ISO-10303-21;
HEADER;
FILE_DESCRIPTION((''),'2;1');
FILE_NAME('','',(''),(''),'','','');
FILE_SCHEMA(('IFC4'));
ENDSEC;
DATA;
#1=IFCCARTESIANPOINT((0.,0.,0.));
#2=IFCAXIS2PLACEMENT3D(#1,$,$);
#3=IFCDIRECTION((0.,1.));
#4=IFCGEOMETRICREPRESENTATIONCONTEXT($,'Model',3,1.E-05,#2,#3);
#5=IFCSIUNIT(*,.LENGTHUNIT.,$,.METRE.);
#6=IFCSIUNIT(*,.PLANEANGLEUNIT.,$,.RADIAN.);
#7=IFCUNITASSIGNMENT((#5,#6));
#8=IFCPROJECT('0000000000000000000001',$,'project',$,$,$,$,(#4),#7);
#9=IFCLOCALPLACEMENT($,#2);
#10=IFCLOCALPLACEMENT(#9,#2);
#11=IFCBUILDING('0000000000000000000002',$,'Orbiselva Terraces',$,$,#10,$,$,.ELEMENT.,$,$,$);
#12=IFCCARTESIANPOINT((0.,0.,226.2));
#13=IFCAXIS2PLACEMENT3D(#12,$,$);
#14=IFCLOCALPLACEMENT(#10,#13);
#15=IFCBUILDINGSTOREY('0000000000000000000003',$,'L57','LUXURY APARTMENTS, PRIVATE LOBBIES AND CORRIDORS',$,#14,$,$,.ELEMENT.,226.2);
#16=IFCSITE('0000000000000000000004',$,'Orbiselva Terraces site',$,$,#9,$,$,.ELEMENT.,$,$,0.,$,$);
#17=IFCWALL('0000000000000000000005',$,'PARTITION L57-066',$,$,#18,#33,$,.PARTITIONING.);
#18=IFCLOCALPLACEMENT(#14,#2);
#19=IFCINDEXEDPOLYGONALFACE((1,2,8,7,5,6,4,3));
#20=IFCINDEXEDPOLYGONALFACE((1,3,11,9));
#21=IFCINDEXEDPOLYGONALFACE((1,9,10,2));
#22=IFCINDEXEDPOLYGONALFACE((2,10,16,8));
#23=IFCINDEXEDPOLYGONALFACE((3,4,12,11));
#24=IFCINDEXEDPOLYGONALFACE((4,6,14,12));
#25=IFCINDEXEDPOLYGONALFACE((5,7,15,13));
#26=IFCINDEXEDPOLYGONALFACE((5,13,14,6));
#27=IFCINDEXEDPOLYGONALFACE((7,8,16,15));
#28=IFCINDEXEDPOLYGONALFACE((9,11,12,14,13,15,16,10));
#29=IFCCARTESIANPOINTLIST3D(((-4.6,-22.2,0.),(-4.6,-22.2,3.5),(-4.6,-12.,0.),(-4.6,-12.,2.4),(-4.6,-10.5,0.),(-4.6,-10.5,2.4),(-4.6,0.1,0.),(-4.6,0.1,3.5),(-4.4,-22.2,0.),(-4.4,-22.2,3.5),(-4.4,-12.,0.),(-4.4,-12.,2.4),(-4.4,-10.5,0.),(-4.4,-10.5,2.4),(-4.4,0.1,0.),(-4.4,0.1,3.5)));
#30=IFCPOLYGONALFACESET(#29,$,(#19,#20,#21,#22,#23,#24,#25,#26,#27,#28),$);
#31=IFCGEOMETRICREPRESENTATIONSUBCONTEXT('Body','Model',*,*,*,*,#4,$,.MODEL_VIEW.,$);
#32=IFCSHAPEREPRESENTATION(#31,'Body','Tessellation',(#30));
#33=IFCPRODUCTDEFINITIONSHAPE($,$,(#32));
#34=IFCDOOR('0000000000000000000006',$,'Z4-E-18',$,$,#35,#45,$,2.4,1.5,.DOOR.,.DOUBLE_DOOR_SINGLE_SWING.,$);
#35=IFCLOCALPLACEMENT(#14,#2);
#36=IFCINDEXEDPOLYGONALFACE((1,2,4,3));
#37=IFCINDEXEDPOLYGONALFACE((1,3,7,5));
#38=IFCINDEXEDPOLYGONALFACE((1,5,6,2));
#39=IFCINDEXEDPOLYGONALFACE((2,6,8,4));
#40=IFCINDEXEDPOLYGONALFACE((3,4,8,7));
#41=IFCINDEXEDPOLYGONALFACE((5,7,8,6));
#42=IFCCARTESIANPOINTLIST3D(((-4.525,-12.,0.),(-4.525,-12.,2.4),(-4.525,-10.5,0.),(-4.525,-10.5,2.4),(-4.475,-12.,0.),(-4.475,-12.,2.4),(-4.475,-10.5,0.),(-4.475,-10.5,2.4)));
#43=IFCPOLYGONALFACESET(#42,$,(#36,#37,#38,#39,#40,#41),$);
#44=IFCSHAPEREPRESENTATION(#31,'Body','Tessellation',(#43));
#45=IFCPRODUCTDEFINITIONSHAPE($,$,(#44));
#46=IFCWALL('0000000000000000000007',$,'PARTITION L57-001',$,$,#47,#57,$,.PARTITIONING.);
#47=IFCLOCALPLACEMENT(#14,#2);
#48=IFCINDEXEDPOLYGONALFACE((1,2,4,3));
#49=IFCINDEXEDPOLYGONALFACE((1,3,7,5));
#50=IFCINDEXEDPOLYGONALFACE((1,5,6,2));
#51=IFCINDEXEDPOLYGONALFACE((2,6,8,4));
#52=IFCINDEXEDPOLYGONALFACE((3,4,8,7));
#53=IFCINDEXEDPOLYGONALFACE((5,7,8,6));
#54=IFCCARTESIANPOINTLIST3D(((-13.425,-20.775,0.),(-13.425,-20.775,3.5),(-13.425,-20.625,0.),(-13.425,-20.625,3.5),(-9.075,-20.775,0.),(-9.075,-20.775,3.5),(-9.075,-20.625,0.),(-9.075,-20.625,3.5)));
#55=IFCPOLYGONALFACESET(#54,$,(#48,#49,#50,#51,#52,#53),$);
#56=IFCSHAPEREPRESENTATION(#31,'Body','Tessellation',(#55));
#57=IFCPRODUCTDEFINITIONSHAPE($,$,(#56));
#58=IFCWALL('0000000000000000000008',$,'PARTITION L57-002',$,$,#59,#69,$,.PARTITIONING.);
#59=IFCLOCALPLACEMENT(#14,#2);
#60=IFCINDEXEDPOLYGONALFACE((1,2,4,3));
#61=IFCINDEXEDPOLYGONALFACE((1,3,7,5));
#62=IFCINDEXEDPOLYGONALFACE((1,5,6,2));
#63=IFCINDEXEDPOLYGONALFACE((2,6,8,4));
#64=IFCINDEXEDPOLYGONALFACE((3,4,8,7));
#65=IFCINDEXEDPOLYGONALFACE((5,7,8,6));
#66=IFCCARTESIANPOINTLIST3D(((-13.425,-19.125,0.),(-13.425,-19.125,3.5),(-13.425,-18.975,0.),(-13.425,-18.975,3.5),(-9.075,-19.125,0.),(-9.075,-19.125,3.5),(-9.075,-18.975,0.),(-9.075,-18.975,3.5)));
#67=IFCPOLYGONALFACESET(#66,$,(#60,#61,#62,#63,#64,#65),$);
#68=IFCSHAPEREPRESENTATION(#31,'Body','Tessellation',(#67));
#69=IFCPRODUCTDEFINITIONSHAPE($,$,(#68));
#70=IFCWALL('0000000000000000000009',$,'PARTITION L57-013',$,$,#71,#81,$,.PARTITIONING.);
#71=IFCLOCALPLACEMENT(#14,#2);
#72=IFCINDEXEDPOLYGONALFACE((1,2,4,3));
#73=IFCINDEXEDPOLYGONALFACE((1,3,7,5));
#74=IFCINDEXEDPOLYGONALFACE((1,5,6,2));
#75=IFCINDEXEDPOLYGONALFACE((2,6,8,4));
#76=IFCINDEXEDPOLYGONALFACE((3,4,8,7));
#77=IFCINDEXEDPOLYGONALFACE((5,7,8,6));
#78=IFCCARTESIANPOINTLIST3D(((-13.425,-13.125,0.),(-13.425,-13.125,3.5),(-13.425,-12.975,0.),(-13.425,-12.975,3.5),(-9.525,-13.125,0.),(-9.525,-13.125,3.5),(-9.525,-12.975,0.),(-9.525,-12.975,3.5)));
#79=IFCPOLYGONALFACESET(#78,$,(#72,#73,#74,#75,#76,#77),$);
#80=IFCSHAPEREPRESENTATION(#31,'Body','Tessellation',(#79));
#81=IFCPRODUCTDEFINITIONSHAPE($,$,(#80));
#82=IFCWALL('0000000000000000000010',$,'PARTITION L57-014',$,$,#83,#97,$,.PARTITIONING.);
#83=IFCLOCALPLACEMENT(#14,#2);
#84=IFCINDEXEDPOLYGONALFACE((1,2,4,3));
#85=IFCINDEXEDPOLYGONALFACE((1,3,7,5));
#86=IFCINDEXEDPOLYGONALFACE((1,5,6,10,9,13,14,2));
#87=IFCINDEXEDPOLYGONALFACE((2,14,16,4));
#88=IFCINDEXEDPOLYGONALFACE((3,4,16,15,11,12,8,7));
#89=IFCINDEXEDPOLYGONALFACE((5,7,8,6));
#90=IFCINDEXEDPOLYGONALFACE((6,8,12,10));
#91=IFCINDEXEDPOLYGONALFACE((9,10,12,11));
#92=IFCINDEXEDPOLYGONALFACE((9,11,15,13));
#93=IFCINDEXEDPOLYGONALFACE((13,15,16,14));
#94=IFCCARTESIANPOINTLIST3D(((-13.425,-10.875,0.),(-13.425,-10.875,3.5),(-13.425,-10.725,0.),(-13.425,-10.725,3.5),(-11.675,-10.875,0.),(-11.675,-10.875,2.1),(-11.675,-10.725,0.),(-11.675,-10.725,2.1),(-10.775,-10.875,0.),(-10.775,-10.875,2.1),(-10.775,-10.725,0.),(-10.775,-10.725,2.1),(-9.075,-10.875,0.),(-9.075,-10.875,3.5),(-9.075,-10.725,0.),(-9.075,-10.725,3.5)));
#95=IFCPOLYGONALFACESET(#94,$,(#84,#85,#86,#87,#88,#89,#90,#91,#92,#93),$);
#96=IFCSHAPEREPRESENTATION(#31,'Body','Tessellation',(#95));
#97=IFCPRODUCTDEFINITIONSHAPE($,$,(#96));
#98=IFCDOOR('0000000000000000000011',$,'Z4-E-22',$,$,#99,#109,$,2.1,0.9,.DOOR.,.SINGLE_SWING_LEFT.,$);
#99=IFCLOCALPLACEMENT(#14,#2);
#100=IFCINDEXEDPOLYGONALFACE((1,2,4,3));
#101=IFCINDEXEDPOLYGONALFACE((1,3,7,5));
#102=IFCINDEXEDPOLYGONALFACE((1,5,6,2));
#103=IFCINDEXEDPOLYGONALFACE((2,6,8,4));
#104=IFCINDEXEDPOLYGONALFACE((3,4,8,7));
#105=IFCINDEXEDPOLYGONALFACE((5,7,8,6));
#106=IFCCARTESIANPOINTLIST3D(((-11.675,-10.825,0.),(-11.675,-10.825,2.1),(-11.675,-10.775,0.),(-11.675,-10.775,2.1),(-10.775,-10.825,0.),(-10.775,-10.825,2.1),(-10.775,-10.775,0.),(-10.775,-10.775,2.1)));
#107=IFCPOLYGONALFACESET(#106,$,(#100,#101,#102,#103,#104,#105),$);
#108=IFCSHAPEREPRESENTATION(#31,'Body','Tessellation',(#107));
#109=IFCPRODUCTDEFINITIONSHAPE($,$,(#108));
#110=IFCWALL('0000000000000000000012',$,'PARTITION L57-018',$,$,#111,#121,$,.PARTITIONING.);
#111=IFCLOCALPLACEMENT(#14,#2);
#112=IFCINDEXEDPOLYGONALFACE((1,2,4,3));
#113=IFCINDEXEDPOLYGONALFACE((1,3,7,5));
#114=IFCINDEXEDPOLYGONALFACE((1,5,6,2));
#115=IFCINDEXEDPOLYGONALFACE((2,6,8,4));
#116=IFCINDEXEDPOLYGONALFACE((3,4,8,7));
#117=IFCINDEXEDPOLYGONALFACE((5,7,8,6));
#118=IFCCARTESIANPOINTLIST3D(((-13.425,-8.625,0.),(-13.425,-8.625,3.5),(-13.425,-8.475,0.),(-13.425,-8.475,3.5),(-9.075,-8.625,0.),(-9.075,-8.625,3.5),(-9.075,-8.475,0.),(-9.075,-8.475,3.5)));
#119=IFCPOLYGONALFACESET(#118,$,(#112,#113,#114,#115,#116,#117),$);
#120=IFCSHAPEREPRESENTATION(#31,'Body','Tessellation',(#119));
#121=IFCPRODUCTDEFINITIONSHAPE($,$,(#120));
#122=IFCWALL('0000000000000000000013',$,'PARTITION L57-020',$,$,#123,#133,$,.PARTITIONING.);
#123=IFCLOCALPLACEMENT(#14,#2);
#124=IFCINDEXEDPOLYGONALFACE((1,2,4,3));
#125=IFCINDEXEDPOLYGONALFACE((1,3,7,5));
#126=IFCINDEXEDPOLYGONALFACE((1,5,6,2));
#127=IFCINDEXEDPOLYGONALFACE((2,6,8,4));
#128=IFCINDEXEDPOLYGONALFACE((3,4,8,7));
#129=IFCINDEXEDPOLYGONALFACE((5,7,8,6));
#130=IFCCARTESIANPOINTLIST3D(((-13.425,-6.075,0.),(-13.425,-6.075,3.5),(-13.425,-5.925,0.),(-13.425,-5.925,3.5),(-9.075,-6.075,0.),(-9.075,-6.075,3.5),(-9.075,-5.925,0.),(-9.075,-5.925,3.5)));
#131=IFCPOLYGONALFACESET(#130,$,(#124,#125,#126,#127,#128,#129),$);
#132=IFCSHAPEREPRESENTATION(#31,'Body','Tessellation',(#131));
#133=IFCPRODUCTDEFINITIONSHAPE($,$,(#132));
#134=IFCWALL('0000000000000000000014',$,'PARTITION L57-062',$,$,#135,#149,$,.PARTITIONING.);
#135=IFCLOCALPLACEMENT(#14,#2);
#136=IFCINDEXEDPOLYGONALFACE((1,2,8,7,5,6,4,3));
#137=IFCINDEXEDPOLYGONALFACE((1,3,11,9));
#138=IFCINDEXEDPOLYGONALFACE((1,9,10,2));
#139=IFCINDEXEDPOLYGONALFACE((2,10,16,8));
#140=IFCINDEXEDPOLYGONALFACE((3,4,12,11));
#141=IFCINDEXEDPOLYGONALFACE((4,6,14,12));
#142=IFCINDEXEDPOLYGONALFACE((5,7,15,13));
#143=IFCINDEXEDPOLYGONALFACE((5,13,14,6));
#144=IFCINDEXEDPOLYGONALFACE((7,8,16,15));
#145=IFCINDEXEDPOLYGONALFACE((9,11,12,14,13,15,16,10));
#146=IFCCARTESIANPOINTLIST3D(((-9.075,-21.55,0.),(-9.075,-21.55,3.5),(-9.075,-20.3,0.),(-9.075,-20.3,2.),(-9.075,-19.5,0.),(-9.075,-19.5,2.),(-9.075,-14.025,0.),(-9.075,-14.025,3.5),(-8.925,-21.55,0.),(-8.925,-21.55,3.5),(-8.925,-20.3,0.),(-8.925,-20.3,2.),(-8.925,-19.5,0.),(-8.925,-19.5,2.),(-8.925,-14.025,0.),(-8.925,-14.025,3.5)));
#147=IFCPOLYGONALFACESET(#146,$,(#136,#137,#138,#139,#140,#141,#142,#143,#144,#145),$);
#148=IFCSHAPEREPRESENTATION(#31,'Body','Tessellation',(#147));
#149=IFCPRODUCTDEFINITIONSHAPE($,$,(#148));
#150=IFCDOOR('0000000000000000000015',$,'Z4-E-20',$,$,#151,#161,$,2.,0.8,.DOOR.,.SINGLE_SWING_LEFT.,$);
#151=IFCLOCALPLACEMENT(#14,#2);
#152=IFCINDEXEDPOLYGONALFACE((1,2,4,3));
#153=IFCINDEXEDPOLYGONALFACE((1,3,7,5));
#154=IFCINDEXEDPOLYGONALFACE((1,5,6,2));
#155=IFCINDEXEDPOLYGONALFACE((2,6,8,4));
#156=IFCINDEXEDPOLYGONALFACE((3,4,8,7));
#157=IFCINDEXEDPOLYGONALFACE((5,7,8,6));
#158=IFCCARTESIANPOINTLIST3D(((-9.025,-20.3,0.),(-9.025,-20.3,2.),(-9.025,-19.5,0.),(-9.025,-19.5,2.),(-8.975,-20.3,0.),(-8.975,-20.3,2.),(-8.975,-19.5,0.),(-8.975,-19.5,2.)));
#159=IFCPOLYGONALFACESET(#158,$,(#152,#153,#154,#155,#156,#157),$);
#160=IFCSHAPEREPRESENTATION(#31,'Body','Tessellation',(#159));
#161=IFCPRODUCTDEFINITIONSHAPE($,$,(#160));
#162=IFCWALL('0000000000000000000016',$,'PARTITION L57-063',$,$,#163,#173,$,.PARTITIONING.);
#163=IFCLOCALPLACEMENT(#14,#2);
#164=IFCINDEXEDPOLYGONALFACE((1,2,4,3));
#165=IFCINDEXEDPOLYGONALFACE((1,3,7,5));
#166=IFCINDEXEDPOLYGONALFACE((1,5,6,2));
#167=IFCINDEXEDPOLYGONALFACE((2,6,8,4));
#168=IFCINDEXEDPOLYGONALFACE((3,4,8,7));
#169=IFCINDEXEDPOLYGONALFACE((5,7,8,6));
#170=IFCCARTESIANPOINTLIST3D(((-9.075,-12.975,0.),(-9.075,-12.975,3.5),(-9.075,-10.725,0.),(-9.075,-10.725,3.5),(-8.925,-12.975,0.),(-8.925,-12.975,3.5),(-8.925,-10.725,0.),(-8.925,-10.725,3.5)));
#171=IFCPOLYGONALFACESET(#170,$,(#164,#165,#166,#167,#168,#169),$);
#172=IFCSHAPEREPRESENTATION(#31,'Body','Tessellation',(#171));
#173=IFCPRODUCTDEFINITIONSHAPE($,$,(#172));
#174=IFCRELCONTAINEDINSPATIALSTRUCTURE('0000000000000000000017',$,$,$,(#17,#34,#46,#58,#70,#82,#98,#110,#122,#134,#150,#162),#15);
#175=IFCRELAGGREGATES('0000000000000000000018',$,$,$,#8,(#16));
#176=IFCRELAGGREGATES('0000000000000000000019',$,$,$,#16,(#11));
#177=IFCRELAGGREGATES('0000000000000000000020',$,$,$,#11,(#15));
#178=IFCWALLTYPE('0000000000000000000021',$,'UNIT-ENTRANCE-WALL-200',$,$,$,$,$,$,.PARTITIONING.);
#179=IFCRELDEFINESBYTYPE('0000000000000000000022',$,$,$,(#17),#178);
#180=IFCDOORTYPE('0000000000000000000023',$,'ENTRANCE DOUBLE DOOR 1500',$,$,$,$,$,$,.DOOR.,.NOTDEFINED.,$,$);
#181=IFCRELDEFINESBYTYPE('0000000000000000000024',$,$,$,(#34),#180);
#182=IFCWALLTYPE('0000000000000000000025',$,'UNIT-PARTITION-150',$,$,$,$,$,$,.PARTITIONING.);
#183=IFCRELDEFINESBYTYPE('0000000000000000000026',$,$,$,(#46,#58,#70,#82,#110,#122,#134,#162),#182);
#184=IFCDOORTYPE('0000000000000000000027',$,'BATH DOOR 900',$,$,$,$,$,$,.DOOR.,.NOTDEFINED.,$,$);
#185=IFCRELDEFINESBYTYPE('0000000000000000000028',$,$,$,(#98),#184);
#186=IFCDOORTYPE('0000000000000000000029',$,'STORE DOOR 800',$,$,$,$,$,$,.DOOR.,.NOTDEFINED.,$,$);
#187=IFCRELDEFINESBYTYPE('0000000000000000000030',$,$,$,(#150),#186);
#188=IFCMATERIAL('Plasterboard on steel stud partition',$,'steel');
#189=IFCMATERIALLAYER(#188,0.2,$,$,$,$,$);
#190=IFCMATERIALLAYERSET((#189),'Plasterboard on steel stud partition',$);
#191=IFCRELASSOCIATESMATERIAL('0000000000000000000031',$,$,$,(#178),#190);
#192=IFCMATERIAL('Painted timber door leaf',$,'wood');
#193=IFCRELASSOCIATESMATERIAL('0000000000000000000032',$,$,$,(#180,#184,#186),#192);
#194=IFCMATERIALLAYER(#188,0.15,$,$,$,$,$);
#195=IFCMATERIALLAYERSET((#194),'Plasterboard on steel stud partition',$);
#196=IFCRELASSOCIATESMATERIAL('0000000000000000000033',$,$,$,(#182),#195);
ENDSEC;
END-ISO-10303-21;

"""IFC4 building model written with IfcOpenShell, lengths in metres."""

from ifc_helpers import new_model, si_unit, direction, frame, frame_2d, origin, place, context, subcontext, project, spatial, rectangle, extrude, material, layer, layer_set, type_object, element, fill, save


model = new_model("IFC4")

# Units and contexts
model_context = context("Model", 3, precision=1e-05, world=origin(), true_north=direction((0.0, 1.0)))
body_context = subcontext(model_context, "Body", "Model", "MODEL_VIEW")
ifc_project = project(units=[si_unit("LENGTHUNIT", "METRE"), si_unit("PLANEANGLEUNIT", "RADIAN")], contexts=[model_context])

# Site, building, storey
site_placement = place(None, origin())
site = spatial("IfcSite", under=ifc_project, at=site_placement, Name="Orbiselva Terraces site", CompositionType="ELEMENT", RefElevation=0.0)
building_placement = place(site_placement, origin())
building = spatial("IfcBuilding", under=site, at=building_placement, Name="Orbiselva Terraces", CompositionType="ELEMENT")
storey_placement = place(building_placement, frame((0.0, 0.0, 226.2)))
storey = spatial("IfcBuildingStorey", under=building, at=storey_placement, Name="L57", Description="LUXURY APARTMENTS, PRIVATE LOBBIES AND CORRIDORS", CompositionType="ELEMENT", Elevation=226.2)

# Wall, opening, door
ifc_material_1 = material(Name="Plasterboard on steel stud partition", Category="steel")
ifc_layer_1 = layer(ifc_material_1, 0.2)
ifc_layer_set_1 = layer_set([ifc_layer_1], Name="Plasterboard on steel stud partition")
wall_type_1 = type_object("IfcWallType", Name="UNIT-ENTRANCE-WALL-200", PredefinedType="PARTITIONING", material=ifc_layer_set_1)
wall_1_placement = place(storey_placement, frame((-4.5, -22.2, 0.0), z_axis=(0.0, 0.0, 1.0), x_axis=(0.0, 1.0, 0.0)))
wall_1 = element("IfcWall", 1, at=wall_1_placement, inside=storey, type_object=wall_type_1, Name="PARTITION L57-066", PredefinedType="PARTITIONING", context=body_context, shape_type="SweptSolid", body=[
    extrude(rectangle(XDim=22.3, YDim=0.2, at=frame_2d((11.15, 0.0))), origin(), (0.0, 0.0, 1.0), 3.5),
])
opening_1_placement = place(wall_1_placement, frame((10.2, 0.0, 0.0)))
opening_1 = element("IfcOpeningElement", 2, at=opening_1_placement, cuts=wall_1, PredefinedType="OPENING", context=body_context, shape_type="SweptSolid", body=[
    extrude(rectangle(XDim=1.5, YDim=2.4, at=frame_2d((0.75, 1.2))), frame((0.0, 0.11, 0.0), z_axis=(0.0, -1.0, 0.0), x_axis=(1.0, 0.0, 0.0)), (0.0, 0.0, 1.0), 0.22),
])
ifc_material_2 = material(Name="Painted timber door leaf", Category="wood")
door_type_1 = type_object("IfcDoorType", Name="ENTRANCE DOUBLE DOOR 1500", OperationType="NOTDEFINED", PredefinedType="DOOR", material=ifc_material_2)
door_1_placement = place(opening_1_placement, origin())
door_1 = element("IfcDoor", 3, at=door_1_placement, inside=storey, type_object=door_type_1, Name="Z4-E-18", OperationType="DOUBLE_DOOR_SINGLE_SWING", OverallHeight=2.4, OverallWidth=1.5, PredefinedType="DOOR", context=body_context, shape_type="SweptSolid", body=[
    extrude(rectangle(XDim=1.5, YDim=2.4, at=frame_2d((0.75, 1.2))), frame((0.0, 0.025, 0.0), z_axis=(0.0, -1.0, 0.0), x_axis=(1.0, 0.0, 0.0)), (0.0, 0.0, 1.0), 0.05),
])
fill(opening_1, door_1)

# Walls
ifc_layer_2 = layer(ifc_material_1, 0.15)
ifc_layer_set_2 = layer_set([ifc_layer_2], Name="Plasterboard on steel stud partition")
wall_type_2 = type_object("IfcWallType", Name="UNIT-PARTITION-150", PredefinedType="PARTITIONING", material=ifc_layer_set_2)
for number, where, z_axis, x_axis, name in (
    (4, (-13.425, -20.7, 0.0), (0.0, 0.0, 1.0), (1.0, 0.0, 0.0), "PARTITION L57-001"),
    (5, (-13.425, -19.05, 0.0), (0.0, 0.0, 1.0), (1.0, 0.0, 0.0), "PARTITION L57-002"),
):
    element("IfcWall", number, at=place(storey_placement, frame(where, z_axis=z_axis, x_axis=x_axis)), inside=storey, type_object=wall_type_2, Name=name, PredefinedType="PARTITIONING", context=body_context, shape_type="SweptSolid", body=[
        extrude(rectangle(XDim=4.35, YDim=0.15, at=frame_2d((2.175, 0.0))), origin(), (0.0, 0.0, 1.0), 3.5),
    ])
wall_2_placement = place(storey_placement, frame((-13.425, -13.05, 0.0), z_axis=(0.0, 0.0, 1.0), x_axis=(1.0, 0.0, 0.0)))
element("IfcWall", 6, at=wall_2_placement, inside=storey, type_object=wall_type_2, Name="PARTITION L57-013", PredefinedType="PARTITIONING", context=body_context, shape_type="SweptSolid", body=[
    extrude(rectangle(XDim=3.9, YDim=0.15, at=frame_2d((1.95, 0.0))), origin(), (0.0, 0.0, 1.0), 3.5),
])

# Wall, opening, door
wall_3_placement = place(storey_placement, frame((-9.075, -10.8, 0.0), z_axis=(0.0, 0.0, 1.0), x_axis=(-1.0, 0.0, 0.0)))
wall_3 = element("IfcWall", 7, at=wall_3_placement, inside=storey, type_object=wall_type_2, Name="PARTITION L57-014", PredefinedType="PARTITIONING", context=body_context, shape_type="SweptSolid", body=[
    extrude(rectangle(XDim=4.35, YDim=0.15, at=frame_2d((2.175, 0.0))), origin(), (0.0, 0.0, 1.0), 3.5),
])
opening_2_placement = place(wall_3_placement, frame((1.7, 0.0, 0.0)))
opening_2 = element("IfcOpeningElement", 8, at=opening_2_placement, cuts=wall_3, PredefinedType="OPENING", context=body_context, shape_type="SweptSolid", body=[
    extrude(rectangle(XDim=0.9, YDim=2.1, at=frame_2d((0.45, 1.05))), frame((0.0, 0.085, 0.0), z_axis=(0.0, -1.0, 0.0), x_axis=(1.0, 0.0, 0.0)), (0.0, 0.0, 1.0), 0.17),
])
door_type_2 = type_object("IfcDoorType", Name="BATH DOOR 900", OperationType="NOTDEFINED", PredefinedType="DOOR", material=ifc_material_2)
door_2_placement = place(opening_2_placement, origin())
door_2 = element("IfcDoor", 9, at=door_2_placement, inside=storey, type_object=door_type_2, Name="Z4-E-22", OperationType="SINGLE_SWING_LEFT", OverallHeight=2.1, OverallWidth=0.9, PredefinedType="DOOR", context=body_context, shape_type="SweptSolid", body=[
    extrude(rectangle(XDim=0.9, YDim=2.1, at=frame_2d((0.45, 1.05))), frame((0.0, 0.025, 0.0), z_axis=(0.0, -1.0, 0.0), x_axis=(1.0, 0.0, 0.0)), (0.0, 0.0, 1.0), 0.05),
])
fill(opening_2, door_2)

# Walls
for number, where, z_axis, x_axis, name in (
    (10, (-13.425, -8.55, 0.0), (0.0, 0.0, 1.0), (1.0, 0.0, 0.0), "PARTITION L57-018"),
    (11, (-13.425, -6.0, 0.0), (0.0, 0.0, 1.0), (1.0, 0.0, 0.0), "PARTITION L57-020"),
):
    element("IfcWall", number, at=place(storey_placement, frame(where, z_axis=z_axis, x_axis=x_axis)), inside=storey, type_object=wall_type_2, Name=name, PredefinedType="PARTITIONING", context=body_context, shape_type="SweptSolid", body=[
        extrude(rectangle(XDim=4.35, YDim=0.15, at=frame_2d((2.175, 0.0))), origin(), (0.0, 0.0, 1.0), 3.5),
    ])

# Wall, opening, door
wall_4_placement = place(storey_placement, frame((-9.0, -21.55, 0.0), z_axis=(0.0, 0.0, 1.0), x_axis=(0.0, 1.0, 0.0)))
wall_4 = element("IfcWall", 12, at=wall_4_placement, inside=storey, type_object=wall_type_2, Name="PARTITION L57-062", PredefinedType="PARTITIONING", context=body_context, shape_type="SweptSolid", body=[
    extrude(rectangle(XDim=7.525, YDim=0.15, at=frame_2d((3.7625, 0.0))), origin(), (0.0, 0.0, 1.0), 3.5),
])
opening_3_placement = place(wall_4_placement, frame((1.25, 0.0, 0.0)))
opening_3 = element("IfcOpeningElement", 13, at=opening_3_placement, cuts=wall_4, PredefinedType="OPENING", context=body_context, shape_type="SweptSolid", body=[
    extrude(rectangle(XDim=0.8, YDim=2.0, at=frame_2d((0.4, 1.0))), frame((0.0, 0.085, 0.0), z_axis=(0.0, -1.0, 0.0), x_axis=(1.0, 0.0, 0.0)), (0.0, 0.0, 1.0), 0.17),
])
door_type_3 = type_object("IfcDoorType", Name="STORE DOOR 800", OperationType="NOTDEFINED", PredefinedType="DOOR", material=ifc_material_2)
door_3_placement = place(opening_3_placement, origin())
door_3 = element("IfcDoor", 14, at=door_3_placement, inside=storey, type_object=door_type_3, Name="Z4-E-20", OperationType="SINGLE_SWING_LEFT", OverallHeight=2.0, OverallWidth=0.8, PredefinedType="DOOR", context=body_context, shape_type="SweptSolid", body=[
    extrude(rectangle(XDim=0.8, YDim=2.0, at=frame_2d((0.4, 1.0))), frame((0.0, 0.025, 0.0), z_axis=(0.0, -1.0, 0.0), x_axis=(1.0, 0.0, 0.0)), (0.0, 0.0, 1.0), 0.05),
])
fill(opening_3, door_3)

# Wall
wall_5_placement = place(storey_placement, frame((-9.0, -12.975, 0.0), z_axis=(0.0, 0.0, 1.0), x_axis=(0.0, 1.0, 0.0)))
element("IfcWall", 15, at=wall_5_placement, inside=storey, type_object=wall_type_2, Name="PARTITION L57-063", PredefinedType="PARTITIONING", context=body_context, shape_type="SweptSolid", body=[
    extrude(rectangle(XDim=2.25, YDim=0.15, at=frame_2d((1.125, 0.0))), origin(), (0.0, 0.0, 1.0), 3.5),
])

save(model, "model.ifc")
